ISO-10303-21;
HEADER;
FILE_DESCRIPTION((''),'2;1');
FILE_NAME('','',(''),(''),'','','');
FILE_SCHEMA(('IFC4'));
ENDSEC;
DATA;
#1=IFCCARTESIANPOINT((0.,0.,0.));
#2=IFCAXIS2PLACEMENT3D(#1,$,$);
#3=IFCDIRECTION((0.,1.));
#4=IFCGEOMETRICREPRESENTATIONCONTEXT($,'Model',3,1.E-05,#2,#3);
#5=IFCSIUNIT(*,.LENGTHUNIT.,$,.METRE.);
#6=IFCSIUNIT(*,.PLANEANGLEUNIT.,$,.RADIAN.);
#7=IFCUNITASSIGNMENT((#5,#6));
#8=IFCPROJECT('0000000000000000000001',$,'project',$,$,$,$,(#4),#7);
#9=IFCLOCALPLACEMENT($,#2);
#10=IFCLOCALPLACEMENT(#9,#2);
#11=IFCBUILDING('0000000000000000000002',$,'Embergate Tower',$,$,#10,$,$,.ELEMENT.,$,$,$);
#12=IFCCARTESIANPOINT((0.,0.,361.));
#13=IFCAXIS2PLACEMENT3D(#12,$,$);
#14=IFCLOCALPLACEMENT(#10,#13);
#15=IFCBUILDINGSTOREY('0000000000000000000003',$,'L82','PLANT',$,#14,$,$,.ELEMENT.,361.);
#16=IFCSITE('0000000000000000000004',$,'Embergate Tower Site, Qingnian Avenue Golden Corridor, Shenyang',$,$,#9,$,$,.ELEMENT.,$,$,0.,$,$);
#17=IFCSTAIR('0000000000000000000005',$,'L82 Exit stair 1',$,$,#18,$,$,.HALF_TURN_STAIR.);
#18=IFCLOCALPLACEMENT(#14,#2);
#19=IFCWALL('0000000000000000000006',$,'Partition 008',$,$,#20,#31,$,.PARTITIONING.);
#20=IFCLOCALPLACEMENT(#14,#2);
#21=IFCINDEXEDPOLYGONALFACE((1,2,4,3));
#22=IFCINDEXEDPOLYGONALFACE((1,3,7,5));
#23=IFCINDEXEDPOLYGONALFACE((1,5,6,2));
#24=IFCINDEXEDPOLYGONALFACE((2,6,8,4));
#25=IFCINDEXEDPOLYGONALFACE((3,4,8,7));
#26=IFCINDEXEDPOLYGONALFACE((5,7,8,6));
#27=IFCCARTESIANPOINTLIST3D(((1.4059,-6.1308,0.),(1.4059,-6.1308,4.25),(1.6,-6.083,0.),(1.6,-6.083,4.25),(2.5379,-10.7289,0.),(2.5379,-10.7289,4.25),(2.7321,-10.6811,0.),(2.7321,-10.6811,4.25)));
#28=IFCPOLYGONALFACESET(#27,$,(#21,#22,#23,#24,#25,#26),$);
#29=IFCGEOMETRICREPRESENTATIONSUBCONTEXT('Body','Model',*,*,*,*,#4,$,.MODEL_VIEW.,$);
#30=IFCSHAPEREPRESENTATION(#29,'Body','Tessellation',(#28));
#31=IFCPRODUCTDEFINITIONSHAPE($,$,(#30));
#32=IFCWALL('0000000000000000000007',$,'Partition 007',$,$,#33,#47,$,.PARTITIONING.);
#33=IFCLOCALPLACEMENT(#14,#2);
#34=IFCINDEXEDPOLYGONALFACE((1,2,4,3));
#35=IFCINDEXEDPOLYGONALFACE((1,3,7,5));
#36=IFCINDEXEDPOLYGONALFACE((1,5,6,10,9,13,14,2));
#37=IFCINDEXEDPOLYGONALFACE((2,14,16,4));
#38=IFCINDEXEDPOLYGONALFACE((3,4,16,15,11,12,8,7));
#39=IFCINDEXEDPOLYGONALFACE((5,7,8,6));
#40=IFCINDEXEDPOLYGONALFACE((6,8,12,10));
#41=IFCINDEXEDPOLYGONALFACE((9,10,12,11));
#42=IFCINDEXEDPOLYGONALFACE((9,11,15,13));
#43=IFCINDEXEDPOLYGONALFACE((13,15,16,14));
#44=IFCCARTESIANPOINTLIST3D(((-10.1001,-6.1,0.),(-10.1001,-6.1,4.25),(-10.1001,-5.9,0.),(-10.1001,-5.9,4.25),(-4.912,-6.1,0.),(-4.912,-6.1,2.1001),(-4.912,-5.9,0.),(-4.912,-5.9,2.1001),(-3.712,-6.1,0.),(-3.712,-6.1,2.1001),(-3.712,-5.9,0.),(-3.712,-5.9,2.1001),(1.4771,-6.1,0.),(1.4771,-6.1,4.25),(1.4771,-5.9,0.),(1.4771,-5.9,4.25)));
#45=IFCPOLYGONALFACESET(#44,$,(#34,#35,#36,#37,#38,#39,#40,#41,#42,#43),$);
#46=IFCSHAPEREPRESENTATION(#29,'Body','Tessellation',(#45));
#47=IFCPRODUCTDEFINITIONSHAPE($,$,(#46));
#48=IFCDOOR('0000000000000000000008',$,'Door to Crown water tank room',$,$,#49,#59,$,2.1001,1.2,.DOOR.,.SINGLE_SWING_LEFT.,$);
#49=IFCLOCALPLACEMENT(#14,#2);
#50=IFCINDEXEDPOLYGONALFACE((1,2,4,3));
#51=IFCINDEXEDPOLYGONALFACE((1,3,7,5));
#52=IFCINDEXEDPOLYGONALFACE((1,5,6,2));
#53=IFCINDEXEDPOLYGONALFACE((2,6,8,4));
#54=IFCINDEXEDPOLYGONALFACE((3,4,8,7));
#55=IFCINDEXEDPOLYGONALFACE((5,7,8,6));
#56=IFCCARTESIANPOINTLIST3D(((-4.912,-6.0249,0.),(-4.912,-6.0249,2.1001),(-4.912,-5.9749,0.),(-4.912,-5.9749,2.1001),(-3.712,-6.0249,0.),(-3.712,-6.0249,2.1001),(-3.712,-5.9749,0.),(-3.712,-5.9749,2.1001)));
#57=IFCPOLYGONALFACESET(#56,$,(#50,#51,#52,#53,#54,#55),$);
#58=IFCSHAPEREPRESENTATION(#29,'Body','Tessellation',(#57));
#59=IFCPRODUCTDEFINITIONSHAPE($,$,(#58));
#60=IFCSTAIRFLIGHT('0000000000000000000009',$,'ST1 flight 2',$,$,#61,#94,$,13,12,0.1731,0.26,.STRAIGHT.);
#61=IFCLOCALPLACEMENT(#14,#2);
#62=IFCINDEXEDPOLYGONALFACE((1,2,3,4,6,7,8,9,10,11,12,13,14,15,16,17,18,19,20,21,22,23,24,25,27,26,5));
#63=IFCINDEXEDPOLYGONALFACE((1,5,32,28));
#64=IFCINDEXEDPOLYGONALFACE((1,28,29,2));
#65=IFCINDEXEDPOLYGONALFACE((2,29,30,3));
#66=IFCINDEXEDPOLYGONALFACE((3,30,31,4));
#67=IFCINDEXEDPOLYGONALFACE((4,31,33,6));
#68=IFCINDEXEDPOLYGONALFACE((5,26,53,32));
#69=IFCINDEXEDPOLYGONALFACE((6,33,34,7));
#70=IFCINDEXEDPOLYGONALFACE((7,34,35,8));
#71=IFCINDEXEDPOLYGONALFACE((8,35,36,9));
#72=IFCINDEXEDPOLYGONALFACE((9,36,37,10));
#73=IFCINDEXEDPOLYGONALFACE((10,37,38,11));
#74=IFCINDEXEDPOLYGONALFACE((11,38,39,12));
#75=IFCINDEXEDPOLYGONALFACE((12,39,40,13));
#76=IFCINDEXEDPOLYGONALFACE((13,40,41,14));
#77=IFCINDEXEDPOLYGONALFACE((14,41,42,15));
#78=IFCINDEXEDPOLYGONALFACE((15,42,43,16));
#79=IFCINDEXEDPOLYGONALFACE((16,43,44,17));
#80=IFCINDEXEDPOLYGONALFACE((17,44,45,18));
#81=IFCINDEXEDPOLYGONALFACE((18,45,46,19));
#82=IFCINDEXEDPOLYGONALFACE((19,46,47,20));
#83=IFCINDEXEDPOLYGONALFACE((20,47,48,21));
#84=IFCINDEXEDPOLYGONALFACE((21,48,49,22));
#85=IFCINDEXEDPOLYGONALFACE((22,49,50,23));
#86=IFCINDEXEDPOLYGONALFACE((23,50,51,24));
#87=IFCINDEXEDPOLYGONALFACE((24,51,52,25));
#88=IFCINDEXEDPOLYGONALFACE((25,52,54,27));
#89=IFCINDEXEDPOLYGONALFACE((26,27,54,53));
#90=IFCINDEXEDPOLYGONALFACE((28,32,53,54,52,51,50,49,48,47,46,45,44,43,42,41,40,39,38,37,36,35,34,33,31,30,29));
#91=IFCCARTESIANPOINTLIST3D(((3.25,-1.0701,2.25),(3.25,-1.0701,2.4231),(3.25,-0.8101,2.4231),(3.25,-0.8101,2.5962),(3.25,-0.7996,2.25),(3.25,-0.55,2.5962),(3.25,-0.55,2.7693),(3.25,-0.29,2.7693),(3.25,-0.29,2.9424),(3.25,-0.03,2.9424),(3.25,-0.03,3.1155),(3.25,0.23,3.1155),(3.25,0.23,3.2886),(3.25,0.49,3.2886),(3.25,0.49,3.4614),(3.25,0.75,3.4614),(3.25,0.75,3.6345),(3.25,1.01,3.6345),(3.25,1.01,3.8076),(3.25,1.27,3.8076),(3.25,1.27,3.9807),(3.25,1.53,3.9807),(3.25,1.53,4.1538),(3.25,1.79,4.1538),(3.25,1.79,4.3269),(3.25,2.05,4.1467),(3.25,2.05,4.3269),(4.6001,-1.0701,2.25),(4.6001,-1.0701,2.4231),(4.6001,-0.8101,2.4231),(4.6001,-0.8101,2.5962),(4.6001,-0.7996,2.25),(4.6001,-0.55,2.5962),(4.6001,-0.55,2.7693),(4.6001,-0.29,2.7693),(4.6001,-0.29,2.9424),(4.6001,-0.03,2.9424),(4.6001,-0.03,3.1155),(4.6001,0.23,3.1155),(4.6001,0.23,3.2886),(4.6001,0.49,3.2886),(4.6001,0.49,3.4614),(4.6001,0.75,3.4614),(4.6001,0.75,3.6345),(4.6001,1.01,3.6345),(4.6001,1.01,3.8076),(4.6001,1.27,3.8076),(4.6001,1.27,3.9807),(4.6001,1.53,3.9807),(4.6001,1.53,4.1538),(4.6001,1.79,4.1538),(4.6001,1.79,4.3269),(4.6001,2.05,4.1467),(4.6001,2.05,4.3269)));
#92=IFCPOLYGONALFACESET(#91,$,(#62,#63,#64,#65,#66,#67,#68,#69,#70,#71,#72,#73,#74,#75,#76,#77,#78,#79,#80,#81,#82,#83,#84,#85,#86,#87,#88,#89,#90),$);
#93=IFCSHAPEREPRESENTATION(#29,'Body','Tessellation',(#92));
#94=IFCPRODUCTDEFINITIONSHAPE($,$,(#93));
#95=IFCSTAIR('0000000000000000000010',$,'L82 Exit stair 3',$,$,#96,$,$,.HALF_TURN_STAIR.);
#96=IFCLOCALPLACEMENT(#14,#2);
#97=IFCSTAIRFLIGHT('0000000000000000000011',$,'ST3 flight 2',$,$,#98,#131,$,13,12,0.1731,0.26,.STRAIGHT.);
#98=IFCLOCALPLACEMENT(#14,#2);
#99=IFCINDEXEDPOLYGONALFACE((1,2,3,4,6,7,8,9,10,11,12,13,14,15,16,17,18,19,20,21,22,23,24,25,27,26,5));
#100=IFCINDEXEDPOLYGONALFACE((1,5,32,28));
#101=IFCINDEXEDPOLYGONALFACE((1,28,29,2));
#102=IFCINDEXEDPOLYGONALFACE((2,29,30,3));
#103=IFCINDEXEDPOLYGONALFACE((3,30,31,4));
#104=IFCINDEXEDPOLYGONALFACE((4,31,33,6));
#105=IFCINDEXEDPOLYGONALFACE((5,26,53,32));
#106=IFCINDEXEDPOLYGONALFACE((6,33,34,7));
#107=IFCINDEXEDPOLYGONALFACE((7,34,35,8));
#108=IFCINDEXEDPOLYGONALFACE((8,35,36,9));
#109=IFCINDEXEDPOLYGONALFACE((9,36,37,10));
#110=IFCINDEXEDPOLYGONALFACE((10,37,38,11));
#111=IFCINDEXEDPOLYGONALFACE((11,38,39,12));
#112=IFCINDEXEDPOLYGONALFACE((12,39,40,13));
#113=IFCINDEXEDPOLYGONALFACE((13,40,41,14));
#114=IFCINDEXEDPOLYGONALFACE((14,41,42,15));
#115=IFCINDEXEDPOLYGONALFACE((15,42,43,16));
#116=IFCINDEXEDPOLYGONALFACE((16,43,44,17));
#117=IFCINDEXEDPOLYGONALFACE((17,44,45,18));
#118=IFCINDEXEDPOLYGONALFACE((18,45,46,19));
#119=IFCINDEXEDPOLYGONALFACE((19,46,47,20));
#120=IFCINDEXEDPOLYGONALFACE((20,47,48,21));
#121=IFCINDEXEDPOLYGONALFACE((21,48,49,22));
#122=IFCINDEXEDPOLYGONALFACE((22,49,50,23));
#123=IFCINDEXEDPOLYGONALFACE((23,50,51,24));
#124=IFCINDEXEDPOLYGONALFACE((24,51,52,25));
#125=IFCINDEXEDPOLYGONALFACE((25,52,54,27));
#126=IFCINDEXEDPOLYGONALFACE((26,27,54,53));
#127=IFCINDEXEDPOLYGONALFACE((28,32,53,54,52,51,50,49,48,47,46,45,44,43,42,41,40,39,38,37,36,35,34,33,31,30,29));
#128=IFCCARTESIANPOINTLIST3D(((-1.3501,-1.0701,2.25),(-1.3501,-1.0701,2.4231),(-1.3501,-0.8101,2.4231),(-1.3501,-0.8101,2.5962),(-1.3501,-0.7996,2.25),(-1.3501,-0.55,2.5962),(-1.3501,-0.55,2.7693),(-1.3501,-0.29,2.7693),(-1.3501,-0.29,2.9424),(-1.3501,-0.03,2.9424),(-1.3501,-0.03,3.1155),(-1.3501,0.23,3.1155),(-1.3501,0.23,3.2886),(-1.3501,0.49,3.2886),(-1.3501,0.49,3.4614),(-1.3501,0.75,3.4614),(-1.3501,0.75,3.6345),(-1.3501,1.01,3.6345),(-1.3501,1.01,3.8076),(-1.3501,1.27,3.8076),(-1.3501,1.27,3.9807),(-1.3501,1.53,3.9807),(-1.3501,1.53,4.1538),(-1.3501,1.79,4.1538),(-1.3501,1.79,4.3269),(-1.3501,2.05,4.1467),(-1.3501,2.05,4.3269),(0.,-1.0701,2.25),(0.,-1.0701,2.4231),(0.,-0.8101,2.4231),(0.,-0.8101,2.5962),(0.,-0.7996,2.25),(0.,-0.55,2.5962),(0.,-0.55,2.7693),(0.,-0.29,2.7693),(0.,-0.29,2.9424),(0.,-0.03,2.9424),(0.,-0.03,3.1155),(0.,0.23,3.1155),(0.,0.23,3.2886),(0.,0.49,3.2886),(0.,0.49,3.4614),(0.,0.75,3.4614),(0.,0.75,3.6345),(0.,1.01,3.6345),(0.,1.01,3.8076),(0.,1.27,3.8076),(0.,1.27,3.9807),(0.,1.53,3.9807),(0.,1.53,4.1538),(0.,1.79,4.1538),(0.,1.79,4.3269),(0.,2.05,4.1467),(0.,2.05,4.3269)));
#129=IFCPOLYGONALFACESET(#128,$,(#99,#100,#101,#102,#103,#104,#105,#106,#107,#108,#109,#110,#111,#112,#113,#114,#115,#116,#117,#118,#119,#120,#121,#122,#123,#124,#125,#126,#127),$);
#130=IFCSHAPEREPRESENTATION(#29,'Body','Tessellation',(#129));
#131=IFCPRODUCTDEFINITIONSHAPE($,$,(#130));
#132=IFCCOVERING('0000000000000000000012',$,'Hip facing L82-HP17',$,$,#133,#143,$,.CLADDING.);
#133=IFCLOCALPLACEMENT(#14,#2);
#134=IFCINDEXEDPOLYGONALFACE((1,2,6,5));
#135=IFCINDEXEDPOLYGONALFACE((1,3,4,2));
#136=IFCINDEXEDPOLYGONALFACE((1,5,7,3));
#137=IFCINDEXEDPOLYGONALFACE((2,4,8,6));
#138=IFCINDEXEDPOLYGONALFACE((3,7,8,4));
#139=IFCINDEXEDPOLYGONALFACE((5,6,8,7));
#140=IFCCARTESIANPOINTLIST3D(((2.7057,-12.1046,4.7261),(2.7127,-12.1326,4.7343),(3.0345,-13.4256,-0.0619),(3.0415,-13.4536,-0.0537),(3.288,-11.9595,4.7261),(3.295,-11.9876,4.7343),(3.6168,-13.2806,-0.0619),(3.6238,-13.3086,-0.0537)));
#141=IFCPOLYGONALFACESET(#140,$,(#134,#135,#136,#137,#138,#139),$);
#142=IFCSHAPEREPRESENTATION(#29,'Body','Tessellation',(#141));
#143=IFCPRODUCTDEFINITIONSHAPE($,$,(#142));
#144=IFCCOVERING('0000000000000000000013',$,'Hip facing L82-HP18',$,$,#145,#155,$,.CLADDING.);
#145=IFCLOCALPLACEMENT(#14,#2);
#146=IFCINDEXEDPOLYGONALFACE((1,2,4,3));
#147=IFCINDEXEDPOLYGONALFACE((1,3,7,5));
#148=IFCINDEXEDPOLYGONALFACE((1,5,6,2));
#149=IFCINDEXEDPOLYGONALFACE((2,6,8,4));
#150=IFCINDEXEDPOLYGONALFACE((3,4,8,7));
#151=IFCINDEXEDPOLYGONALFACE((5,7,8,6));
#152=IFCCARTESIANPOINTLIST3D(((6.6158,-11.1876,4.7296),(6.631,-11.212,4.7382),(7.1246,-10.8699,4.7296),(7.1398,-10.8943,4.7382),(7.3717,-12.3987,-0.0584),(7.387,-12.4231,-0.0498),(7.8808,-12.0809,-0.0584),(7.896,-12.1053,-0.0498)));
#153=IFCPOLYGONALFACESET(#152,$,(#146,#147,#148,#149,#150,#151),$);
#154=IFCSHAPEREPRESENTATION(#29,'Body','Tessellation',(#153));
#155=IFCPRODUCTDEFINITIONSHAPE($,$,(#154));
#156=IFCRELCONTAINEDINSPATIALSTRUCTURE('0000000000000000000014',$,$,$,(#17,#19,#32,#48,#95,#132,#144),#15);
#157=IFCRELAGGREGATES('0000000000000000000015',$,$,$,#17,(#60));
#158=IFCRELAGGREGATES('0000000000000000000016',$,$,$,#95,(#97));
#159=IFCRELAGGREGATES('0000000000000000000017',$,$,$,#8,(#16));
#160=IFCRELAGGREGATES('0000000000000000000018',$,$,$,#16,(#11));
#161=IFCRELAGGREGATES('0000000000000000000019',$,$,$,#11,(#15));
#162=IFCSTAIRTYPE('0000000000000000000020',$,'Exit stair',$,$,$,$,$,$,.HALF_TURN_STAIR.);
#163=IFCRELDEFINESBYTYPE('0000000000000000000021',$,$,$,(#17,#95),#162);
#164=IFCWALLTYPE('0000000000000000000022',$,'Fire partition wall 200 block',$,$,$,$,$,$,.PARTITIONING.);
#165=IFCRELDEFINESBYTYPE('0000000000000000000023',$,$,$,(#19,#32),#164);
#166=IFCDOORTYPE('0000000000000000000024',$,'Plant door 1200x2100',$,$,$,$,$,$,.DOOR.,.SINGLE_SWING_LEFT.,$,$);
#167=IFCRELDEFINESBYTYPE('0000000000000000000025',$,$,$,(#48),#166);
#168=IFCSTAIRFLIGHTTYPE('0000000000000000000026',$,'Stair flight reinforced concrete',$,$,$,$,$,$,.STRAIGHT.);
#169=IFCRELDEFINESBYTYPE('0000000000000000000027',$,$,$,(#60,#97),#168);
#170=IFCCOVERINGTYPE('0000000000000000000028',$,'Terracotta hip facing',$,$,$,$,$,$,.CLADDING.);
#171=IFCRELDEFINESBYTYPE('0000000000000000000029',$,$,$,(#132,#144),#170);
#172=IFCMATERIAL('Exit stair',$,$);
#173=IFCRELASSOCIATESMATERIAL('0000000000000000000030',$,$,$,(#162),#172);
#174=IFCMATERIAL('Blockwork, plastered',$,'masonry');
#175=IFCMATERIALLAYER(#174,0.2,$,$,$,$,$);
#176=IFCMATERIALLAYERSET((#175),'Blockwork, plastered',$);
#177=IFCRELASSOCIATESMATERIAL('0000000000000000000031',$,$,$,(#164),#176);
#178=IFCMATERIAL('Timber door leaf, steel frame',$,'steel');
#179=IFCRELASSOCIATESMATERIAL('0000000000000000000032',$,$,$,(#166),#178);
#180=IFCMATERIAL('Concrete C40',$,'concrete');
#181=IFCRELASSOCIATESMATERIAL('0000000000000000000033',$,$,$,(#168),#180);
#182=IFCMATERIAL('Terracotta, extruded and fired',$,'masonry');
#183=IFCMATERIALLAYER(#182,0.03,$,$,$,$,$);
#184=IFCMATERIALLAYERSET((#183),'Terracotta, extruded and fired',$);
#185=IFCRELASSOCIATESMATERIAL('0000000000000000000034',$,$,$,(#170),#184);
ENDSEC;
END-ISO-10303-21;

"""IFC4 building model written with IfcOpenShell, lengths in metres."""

from ifc_helpers import new_model, si_unit, direction, frame, frame_2d, origin, place, context, subcontext, project, spatial, polyline, rectangle, outline, extrude, source, transform, mapped, material, layer, layer_set, type_object, element, fill, aggregate, save


model = new_model("IFC4")

# Units and contexts
model_context = context("Model", 3, precision=1e-05, world=origin(), true_north=direction((0.0, 1.0)))
body_context = subcontext(model_context, "Body", "Model", "MODEL_VIEW")
ifc_project = project(units=[si_unit("LENGTHUNIT", "METRE"), si_unit("PLANEANGLEUNIT", "RADIAN")], contexts=[model_context])

# Site, building, storey
site_placement = place(None, origin())
site = spatial("IfcSite", under=ifc_project, at=site_placement, Name="Embergate Tower Site, Qingnian Avenue Golden Corridor, Shenyang", CompositionType="ELEMENT", RefElevation=0.0)
building_placement = place(site_placement, origin())
building = spatial("IfcBuilding", under=site, at=building_placement, Name="Embergate Tower", CompositionType="ELEMENT")
storey_placement = place(building_placement, frame((0.0, 0.0, 361.0)))
storey = spatial("IfcBuildingStorey", under=building, at=storey_placement, Name="L82", Description="PLANT", CompositionType="ELEMENT", Elevation=361.0)

# Stair
ifc_material_1 = material(Name="Exit stair")
stair_type = type_object("IfcStairType", Name="Exit stair", PredefinedType="HALF_TURN_STAIR", material=ifc_material_1)
stair_1_placement = place(storey_placement, origin())
stair_1 = element("IfcStair", 1, at=stair_1_placement, inside=storey, type_object=stair_type, Name="L82 Exit stair 1", PredefinedType="HALF_TURN_STAIR")
ifc_material_2 = material(Name="Concrete C40", Category="concrete")

# Shared definitions
shared_shape_1 = source(origin(), body_context, "Body", "SweptSolid", [
    extrude(rectangle(XDim=1.2, YDim=2.1001, at=frame_2d((0.6001, 1.05))), frame((0.0, 0.1099, 0.0), z_axis=(0.0, -1.0, 0.0), x_axis=(1.0, 0.0, 0.0)), (0.0, 0.0, 1.0), 0.22),
])

# Wall
ifc_material_3 = material(Name="Blockwork, plastered", Category="masonry")
ifc_layer_1 = layer(ifc_material_3, 0.2)
ifc_layer_set_1 = layer_set([ifc_layer_1], Name="Blockwork, plastered")
wall_type_1 = type_object("IfcWallType", Name="Fire partition wall 200 block", PredefinedType="PARTITIONING", material=ifc_layer_set_1)
shared_shape_2 = source(origin(), body_context, "Body", "SweptSolid", [
    extrude(rectangle(XDim=4.7354, YDim=0.2, at=frame_2d((2.3677, 0.0))), origin(), (0.0, 0.0, 1.0), 4.25),
])
wall_1_placement = place(storey_placement, frame((1.5029, -6.1069, 0.0), z_axis=(0.0, 0.0, 1.0), x_axis=(0.239065, -0.971004, 0.0)))
element("IfcWall", 2, at=wall_1_placement, inside=storey, type_object=wall_type_1, Name="Partition 008", PredefinedType="PARTITIONING", context=body_context, shape_type="MappedRepresentation", body=[
    mapped(shared_shape_2, transform((0.0, 0.0, 0.0))),
])

# Wall, opening, door
shared_shape_3 = source(origin(), body_context, "Body", "SweptSolid", [
    extrude(rectangle(XDim=11.5771, YDim=0.2, at=frame_2d((5.7886, 0.0))), origin(), (0.0, 0.0, 1.0), 4.25),
])
wall_2_placement = place(storey_placement, frame((1.4771, -6.0, 0.0), z_axis=(0.0, 0.0, 1.0), x_axis=(-1.0, 0.0, 0.0)))
wall_2 = element("IfcWall", 3, at=wall_2_placement, inside=storey, type_object=wall_type_1, Name="Partition 007", PredefinedType="PARTITIONING", context=body_context, shape_type="MappedRepresentation", body=[
    mapped(shared_shape_3, transform((0.0, 0.0, 0.0))),
])
opening_1_placement = place(wall_2_placement, frame((5.189, 0.0, 0.0)))
opening_1 = element("IfcOpeningElement", 4, at=opening_1_placement, cuts=wall_2, PredefinedType="OPENING", context=body_context, shape_type="MappedRepresentation", body=[
    mapped(shared_shape_1, transform((0.0, 0.0, 0.0))),
])
ifc_material_4 = material(Name="Timber door leaf, steel frame", Category="steel")
door_type_1 = type_object("IfcDoorType", Name="Plant door 1200x2100", OperationType="SINGLE_SWING_LEFT", PredefinedType="DOOR", material=ifc_material_4)
shared_shape_4 = source(origin(), body_context, "Body", "SweptSolid", [
    extrude(rectangle(XDim=1.2, YDim=2.1001, at=frame_2d((0.6001, 1.05))), frame((0.0, 0.0249, 0.0), z_axis=(0.0, -1.0, 0.0), x_axis=(1.0, 0.0, 0.0)), (0.0, 0.0, 1.0), 0.05),
])
door_1_placement = place(opening_1_placement, origin())
door_1 = element("IfcDoor", 5, at=door_1_placement, inside=storey, type_object=door_type_1, Name="Door to Crown water tank room", OperationType="SINGLE_SWING_LEFT", OverallHeight=2.1001, OverallWidth=1.2, PredefinedType="DOOR", context=body_context, shape_type="MappedRepresentation", body=[
    mapped(shared_shape_4, transform((0.0, 0.0, 0.0))),
])
fill(opening_1, door_1)

# Stair flight
stair_flight_type = type_object("IfcStairFlightType", Name="Stair flight reinforced concrete", PredefinedType="STRAIGHT", material=ifc_material_2)
shared_shape_5 = source(origin(), body_context, "Body", "SweptSolid", [
    extrude(outline(polyline([(0.0, 0.0), (0.0, 0.1731), (0.26, 0.1731), (0.26, 0.3462), (0.52, 0.3462), (0.52, 0.5193), (0.78, 0.5193), (0.78, 0.6924), (1.04, 0.6924), (1.04, 0.8655), (1.3, 0.8655), (1.3, 1.0386), (1.5601, 1.0386), (1.5601, 1.2114), (1.8201, 1.2114), (1.8201, 1.3845), (2.0801, 1.3845), (2.0801, 1.5576), (2.3401, 1.5576), (2.3401, 1.7307), (2.6001, 1.7307), (2.6001, 1.9038), (2.8601, 1.9038), (2.8601, 2.0769), (3.1201, 2.0769), (3.1201, 2.25), (3.1201, 1.8967), (0.2705, 0.0), (0.0, 0.0)])), frame((0.0, 0.675, 0.0), z_axis=(0.0, -1.0, 0.0), x_axis=(1.0, 0.0, 0.0)), (0.0, 0.0, 1.0), 1.3501),
])
stair_flight_1_placement = place(storey_placement, frame((3.925, -1.0701, 2.25), z_axis=(0.0, 0.0, 1.0), x_axis=(0.0, 1.0, 0.0)))
stair_flight_1 = element("IfcStairFlight", 6, at=stair_flight_1_placement, type_object=stair_flight_type, Name="ST1 flight 2", NumberOfRisers=13, NumberOfTreads=12, PredefinedType="STRAIGHT", RiserHeight=0.1731, TreadLength=0.26, context=body_context, shape_type="MappedRepresentation", body=[
    mapped(shared_shape_5, transform((0.0, 0.0, 0.0))),
])
aggregate(stair_1, [stair_flight_1])

# Stair, stair flight
stair_2_placement = place(storey_placement, origin())
stair_2 = element("IfcStair", 7, at=stair_2_placement, inside=storey, type_object=stair_type, Name="L82 Exit stair 3", PredefinedType="HALF_TURN_STAIR")
stair_flight_2_placement = place(storey_placement, frame((-0.675, -1.0701, 2.25), z_axis=(0.0, 0.0, 1.0), x_axis=(0.0, 1.0, 0.0)))
stair_flight_2 = element("IfcStairFlight", 8, at=stair_flight_2_placement, type_object=stair_flight_type, Name="ST3 flight 2", NumberOfRisers=13, NumberOfTreads=12, PredefinedType="STRAIGHT", RiserHeight=0.1731, TreadLength=0.26, context=body_context, shape_type="MappedRepresentation", body=[
    mapped(shared_shape_5, transform((0.0, 0.0, 0.0))),
])
aggregate(stair_2, [stair_flight_2])

# Coverings
ifc_material_5 = material(Name="Terracotta, extruded and fired", Category="masonry")
ifc_layer_2 = layer(ifc_material_5, 0.03)
ifc_layer_set_2 = layer_set([ifc_layer_2], Name="Terracotta, extruded and fired")
covering_type = type_object("IfcCoveringType", Name="Terracotta hip facing", PredefinedType="CLADDING", material=ifc_layer_set_2)
shared_shape_6 = source(origin(), body_context, "Body", "SweptSolid", [
    extrude(outline(polyline([(0.0, 0.0), (4.9778, 0.0), (4.9778, -0.6001), (0.0, -0.6001), (0.0, 0.0)])), origin(), (0.0, 0.0, -1.0), 0.03),
])
covering_1_placement = place(storey_placement, frame((3.0415, -13.4536, -0.0537), z_axis=(0.232461, -0.933364, 0.273484), x_axis=(-0.066064, 0.265384, 0.961877)))
element("IfcCovering", 9, at=covering_1_placement, inside=storey, type_object=covering_type, Name="Hip facing L82-HP17", PredefinedType="CLADDING", context=body_context, shape_type="MappedRepresentation", body=[
    mapped(shared_shape_6, transform((0.0, 0.0, 0.0))),
])
shared_shape_7 = source(origin(), body_context, "Body", "SweptSolid", [
    extrude(outline(polyline([(0.0, 0.0), (4.9963, 0.0), (4.9963, -0.5999), (0.0, -0.6001), (0.0, 0.0)])), origin(), (0.0, 0.0, -1.0), 0.03),
])
covering_2_placement = place(storey_placement, frame((7.387, -12.4231, -0.0498), z_axis=(0.507534, -0.812874, 0.285735), x_axis=(-0.151299, 0.242391, 0.958309)))
element("IfcCovering", 10, at=covering_2_placement, inside=storey, type_object=covering_type, Name="Hip facing L82-HP18", PredefinedType="CLADDING", context=body_context, shape_type="MappedRepresentation", body=[
    mapped(shared_shape_7, transform((0.0, 0.0, 0.0))),
])

save(model, "model.ifc")
